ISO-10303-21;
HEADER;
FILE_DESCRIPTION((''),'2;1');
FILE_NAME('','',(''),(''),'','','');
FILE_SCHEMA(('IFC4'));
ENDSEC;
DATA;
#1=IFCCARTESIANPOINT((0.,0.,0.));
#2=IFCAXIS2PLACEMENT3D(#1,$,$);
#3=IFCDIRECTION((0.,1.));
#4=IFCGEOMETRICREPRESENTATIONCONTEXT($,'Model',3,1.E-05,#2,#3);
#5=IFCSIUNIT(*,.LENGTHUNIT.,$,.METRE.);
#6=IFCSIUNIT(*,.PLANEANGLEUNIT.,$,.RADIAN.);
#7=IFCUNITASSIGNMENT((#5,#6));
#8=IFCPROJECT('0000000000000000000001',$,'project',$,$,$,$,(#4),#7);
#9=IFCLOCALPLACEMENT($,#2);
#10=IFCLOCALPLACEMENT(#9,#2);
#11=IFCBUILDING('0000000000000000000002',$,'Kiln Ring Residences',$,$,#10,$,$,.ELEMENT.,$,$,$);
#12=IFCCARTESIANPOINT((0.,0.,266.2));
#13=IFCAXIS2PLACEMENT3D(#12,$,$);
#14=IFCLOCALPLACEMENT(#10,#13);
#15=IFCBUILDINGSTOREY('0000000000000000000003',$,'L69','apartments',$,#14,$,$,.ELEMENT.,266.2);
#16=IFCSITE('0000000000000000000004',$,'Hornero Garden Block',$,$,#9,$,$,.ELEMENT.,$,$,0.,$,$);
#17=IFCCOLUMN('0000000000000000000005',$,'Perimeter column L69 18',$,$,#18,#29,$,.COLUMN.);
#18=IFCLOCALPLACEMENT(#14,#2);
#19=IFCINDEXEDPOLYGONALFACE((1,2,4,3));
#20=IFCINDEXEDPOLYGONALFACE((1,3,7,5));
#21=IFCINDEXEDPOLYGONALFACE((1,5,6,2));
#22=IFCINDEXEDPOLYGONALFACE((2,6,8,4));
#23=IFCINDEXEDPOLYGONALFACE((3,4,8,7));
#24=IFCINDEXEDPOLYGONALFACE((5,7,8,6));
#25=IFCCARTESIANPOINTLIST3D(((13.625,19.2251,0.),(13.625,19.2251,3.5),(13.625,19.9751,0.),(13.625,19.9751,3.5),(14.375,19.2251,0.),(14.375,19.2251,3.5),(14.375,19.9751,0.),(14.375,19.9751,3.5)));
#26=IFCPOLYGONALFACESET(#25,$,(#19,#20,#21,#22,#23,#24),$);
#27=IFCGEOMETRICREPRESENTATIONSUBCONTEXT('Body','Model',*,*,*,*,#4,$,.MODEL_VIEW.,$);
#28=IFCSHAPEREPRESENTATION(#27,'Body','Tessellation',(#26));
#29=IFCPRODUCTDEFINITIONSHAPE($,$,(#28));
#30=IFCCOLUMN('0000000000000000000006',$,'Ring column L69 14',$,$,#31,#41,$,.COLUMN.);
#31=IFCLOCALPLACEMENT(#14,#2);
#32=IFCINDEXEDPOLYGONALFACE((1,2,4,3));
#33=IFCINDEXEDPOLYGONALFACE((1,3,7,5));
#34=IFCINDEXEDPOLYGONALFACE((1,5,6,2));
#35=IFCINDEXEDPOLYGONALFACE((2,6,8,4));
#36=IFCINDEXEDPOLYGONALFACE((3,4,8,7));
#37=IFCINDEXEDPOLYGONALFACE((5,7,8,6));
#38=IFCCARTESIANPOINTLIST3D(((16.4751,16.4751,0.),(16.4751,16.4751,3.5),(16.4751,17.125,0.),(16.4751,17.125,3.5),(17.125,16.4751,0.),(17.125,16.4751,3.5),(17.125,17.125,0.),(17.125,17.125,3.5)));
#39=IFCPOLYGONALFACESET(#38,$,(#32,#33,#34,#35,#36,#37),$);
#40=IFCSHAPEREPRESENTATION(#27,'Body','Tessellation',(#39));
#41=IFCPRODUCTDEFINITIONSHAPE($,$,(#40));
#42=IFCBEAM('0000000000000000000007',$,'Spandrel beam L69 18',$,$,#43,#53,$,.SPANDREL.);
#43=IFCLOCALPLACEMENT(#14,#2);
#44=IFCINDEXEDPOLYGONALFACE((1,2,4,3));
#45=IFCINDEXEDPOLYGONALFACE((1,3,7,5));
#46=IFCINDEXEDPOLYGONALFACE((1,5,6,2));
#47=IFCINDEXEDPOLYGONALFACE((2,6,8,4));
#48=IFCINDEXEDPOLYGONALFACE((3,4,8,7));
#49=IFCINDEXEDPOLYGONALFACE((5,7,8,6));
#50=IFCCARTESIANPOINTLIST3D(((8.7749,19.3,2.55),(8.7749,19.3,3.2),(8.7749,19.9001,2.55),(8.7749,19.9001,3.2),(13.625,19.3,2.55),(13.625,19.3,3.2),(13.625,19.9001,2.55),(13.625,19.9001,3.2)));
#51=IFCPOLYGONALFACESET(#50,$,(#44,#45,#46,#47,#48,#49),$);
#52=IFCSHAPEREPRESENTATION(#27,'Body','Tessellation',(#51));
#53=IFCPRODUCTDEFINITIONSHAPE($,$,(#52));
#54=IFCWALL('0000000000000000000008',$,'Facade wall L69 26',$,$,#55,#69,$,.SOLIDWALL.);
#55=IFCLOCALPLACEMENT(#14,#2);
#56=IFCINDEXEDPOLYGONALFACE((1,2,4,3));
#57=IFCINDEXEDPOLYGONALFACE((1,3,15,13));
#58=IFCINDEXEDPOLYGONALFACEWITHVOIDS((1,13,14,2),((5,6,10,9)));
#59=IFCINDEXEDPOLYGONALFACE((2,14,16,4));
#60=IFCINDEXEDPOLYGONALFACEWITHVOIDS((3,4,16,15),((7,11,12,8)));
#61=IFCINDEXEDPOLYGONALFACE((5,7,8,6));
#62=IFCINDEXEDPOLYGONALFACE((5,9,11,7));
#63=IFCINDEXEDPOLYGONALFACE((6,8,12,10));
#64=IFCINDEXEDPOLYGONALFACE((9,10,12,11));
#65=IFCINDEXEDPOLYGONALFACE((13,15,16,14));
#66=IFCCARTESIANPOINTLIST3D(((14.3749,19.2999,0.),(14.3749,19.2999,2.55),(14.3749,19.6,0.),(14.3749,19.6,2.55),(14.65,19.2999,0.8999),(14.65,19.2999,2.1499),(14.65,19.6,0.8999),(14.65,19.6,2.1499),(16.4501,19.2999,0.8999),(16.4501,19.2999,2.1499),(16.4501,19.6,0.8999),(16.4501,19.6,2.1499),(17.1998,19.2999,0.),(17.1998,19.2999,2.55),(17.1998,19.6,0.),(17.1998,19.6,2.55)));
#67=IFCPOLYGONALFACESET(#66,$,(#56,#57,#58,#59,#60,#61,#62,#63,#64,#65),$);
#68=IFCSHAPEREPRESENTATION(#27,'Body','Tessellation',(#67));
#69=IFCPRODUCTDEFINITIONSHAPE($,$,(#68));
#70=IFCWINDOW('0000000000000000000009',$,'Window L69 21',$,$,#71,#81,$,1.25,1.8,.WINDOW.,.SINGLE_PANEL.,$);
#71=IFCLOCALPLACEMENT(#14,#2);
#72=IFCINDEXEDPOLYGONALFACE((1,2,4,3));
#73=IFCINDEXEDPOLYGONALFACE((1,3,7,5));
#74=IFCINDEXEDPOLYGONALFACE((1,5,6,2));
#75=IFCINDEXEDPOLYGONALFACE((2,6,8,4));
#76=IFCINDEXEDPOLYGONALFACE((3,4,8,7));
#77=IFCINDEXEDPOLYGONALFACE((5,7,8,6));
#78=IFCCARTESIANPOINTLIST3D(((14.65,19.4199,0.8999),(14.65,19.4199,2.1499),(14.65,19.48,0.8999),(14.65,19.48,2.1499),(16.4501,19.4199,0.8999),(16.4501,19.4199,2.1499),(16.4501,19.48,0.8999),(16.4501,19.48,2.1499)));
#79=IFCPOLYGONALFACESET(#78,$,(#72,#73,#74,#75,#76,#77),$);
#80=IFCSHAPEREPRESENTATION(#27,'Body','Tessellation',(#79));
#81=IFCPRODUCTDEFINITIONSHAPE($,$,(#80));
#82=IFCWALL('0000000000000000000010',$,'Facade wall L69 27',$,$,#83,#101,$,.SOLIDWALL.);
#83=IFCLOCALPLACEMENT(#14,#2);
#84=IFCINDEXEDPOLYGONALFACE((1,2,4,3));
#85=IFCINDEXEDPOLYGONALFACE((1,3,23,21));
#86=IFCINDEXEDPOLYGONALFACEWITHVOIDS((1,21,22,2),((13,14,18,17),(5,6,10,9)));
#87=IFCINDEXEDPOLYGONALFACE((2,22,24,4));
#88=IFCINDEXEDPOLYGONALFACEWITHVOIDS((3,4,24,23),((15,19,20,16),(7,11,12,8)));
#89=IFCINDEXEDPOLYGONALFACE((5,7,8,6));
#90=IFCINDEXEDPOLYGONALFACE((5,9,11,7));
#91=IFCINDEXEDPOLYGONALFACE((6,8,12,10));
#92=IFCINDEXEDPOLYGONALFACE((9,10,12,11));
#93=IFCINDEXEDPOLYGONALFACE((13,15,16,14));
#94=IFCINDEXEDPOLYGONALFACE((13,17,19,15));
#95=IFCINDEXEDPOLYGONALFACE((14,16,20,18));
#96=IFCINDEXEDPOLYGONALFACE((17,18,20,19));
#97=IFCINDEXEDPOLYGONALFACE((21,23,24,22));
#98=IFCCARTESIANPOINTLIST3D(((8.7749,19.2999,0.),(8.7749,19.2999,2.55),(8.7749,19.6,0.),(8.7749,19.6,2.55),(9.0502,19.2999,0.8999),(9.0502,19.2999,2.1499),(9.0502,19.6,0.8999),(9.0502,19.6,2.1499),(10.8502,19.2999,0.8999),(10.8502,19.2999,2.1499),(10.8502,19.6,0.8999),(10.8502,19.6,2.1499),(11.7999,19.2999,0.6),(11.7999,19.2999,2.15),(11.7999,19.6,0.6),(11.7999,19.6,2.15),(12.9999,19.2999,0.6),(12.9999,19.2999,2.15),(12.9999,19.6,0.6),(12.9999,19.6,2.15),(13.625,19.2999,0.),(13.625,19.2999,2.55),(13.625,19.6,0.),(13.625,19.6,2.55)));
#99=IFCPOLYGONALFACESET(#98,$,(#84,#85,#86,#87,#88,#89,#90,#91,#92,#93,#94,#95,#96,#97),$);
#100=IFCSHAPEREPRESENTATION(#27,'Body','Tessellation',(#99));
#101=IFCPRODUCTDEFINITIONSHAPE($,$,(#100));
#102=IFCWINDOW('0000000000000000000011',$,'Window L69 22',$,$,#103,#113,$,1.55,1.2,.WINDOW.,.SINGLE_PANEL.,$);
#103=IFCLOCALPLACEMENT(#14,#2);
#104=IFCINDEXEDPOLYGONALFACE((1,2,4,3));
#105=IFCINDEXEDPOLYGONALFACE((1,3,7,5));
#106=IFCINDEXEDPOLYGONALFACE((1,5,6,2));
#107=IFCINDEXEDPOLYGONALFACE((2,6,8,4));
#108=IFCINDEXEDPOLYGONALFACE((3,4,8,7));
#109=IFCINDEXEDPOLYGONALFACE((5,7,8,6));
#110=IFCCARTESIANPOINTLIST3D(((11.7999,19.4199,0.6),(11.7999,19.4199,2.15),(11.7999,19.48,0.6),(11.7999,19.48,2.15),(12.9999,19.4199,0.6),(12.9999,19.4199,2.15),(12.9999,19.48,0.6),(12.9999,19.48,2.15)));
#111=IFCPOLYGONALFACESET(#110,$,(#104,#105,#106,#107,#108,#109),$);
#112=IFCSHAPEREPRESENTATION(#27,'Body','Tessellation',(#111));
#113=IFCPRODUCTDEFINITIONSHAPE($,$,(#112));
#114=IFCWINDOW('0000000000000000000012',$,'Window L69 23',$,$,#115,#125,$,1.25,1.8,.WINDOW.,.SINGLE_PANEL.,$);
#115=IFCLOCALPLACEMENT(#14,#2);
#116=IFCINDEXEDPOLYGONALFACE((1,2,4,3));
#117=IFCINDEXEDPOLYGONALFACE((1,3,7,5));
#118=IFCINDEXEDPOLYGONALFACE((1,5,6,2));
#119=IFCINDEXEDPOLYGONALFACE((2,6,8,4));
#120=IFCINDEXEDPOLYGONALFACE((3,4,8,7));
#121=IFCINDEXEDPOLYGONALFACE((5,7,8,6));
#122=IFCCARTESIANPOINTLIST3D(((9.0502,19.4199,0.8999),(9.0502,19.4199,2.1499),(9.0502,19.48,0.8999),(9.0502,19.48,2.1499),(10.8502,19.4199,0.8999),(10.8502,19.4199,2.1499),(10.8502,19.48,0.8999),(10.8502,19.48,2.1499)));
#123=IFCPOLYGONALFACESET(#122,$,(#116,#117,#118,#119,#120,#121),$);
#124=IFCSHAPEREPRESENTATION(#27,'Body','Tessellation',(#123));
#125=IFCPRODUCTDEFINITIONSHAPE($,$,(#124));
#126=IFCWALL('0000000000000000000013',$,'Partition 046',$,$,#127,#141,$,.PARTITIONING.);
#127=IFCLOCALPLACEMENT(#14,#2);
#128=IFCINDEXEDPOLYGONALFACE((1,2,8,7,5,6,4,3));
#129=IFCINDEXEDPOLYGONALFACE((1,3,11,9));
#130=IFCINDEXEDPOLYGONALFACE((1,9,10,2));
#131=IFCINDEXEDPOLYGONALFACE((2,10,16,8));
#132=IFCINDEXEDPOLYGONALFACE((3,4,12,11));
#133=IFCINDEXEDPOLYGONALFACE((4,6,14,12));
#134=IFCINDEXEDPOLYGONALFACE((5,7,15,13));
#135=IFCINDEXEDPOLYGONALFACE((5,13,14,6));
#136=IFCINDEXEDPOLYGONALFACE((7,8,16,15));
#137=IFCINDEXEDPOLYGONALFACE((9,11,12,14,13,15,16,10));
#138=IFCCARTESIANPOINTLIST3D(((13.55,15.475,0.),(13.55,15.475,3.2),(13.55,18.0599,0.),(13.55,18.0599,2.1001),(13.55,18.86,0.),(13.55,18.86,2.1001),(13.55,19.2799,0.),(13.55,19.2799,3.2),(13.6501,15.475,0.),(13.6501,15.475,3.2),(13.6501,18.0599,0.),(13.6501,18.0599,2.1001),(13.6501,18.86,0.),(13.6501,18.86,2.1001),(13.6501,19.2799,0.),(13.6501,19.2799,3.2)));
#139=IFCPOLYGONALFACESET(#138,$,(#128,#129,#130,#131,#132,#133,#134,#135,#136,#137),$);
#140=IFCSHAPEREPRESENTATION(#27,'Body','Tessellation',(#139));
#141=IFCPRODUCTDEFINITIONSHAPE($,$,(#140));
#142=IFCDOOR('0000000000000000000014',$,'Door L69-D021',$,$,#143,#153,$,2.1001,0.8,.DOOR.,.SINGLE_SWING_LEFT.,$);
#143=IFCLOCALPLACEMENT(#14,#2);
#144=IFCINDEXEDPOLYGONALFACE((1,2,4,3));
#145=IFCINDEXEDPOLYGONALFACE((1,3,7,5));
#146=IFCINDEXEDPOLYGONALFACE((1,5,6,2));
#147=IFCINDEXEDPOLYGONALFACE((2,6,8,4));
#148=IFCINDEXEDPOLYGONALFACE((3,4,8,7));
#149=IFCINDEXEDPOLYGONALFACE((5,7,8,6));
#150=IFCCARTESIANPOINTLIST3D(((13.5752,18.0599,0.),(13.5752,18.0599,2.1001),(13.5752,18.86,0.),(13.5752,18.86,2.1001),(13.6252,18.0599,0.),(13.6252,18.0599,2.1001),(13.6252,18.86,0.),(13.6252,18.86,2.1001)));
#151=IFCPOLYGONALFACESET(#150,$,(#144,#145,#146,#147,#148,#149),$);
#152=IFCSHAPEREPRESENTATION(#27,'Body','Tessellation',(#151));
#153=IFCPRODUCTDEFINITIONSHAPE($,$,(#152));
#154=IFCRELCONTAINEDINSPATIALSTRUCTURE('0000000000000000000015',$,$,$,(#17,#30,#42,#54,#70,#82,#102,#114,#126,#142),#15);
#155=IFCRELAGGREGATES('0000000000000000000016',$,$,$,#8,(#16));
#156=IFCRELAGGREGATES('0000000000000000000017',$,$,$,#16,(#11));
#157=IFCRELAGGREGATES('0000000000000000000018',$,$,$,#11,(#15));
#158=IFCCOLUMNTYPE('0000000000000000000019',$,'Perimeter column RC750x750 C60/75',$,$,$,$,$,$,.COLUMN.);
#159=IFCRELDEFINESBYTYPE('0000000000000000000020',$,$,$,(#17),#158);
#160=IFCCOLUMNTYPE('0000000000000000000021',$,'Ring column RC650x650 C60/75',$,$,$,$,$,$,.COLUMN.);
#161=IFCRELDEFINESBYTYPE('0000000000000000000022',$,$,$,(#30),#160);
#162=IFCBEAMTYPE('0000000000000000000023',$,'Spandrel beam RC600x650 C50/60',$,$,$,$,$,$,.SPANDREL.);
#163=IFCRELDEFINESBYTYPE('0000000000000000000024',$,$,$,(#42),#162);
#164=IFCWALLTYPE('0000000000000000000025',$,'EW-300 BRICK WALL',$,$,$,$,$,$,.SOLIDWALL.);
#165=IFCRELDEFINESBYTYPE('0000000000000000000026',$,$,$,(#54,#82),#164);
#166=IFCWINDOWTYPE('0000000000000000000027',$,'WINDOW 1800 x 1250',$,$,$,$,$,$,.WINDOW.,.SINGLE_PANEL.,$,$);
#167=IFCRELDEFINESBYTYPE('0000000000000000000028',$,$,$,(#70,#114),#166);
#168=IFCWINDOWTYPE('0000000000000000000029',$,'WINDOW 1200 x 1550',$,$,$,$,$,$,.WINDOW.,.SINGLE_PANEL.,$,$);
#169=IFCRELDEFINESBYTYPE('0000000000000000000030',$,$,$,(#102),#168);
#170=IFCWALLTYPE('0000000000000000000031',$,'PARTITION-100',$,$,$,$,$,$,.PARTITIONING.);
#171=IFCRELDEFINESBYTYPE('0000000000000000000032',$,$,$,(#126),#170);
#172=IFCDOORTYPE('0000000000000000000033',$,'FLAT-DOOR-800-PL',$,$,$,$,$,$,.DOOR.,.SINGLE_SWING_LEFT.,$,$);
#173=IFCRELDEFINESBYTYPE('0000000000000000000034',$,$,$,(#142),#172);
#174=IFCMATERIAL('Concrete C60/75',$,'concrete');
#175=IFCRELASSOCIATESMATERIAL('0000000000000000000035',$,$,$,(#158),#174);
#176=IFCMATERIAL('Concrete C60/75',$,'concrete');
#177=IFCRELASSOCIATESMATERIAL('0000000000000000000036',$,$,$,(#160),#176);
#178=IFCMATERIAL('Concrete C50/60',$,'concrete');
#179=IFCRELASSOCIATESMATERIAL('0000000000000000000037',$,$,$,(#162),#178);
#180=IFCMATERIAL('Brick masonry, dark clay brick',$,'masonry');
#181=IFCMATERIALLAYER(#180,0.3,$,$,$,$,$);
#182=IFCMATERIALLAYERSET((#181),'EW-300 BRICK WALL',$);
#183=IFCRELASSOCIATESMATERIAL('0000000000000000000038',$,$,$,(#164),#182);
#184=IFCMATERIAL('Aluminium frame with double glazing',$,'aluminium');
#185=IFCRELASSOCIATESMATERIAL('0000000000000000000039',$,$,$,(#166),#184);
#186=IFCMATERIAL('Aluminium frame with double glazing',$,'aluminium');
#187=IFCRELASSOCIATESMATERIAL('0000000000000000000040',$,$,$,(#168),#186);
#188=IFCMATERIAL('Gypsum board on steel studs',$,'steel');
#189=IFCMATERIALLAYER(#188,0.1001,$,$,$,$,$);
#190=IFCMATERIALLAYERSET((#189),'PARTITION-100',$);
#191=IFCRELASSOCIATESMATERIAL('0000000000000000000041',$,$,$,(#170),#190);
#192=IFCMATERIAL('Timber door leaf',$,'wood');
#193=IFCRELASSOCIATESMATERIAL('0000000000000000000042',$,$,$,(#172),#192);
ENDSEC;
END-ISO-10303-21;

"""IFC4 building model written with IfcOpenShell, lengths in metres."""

from ifc_helpers import new_model, si_unit, direction, frame, frame_2d, origin, origin_2d, place, context, subcontext, project, spatial, rectangle, extrude, material, layer, layer_set, material_profile, profile_set, type_object, element, fill, save


model = new_model("IFC4")

# Units and contexts
model_context = context("Model", 3, precision=1e-05, world=origin(), true_north=direction((0.0, 1.0)))
body_context = subcontext(model_context, "Body", "Model", "MODEL_VIEW")
ifc_project = project(units=[si_unit("LENGTHUNIT", "METRE"), si_unit("PLANEANGLEUNIT", "RADIAN")], contexts=[model_context])

# Site, building, storey
site_placement = place(None, origin())
site = spatial("IfcSite", under=ifc_project, at=site_placement, Name="Hornero Garden Block", CompositionType="ELEMENT", RefElevation=0.0)
building_placement = place(site_placement, origin())
building = spatial("IfcBuilding", under=site, at=building_placement, Name="Kiln Ring Residences", CompositionType="ELEMENT")
storey_placement = place(building_placement, frame((0.0, 0.0, 266.2)))
storey = spatial("IfcBuildingStorey", under=building, at=storey_placement, Name="L69", Description="apartments", CompositionType="ELEMENT", Elevation=266.2)

# Columns
ifc_material_1 = material(Name="Concrete C60/75", Category="concrete")
ifc_material_profile_1 = material_profile(ifc_material_1, rectangle(XDim=0.75, YDim=0.75, at=origin_2d()), Name="RC750x750")
ifc_profile_set_1 = profile_set([ifc_material_profile_1], Name="Concrete C60/75")
column_type_1 = type_object("IfcColumnType", Name="Perimeter column RC750x750 C60/75", PredefinedType="COLUMN", material=ifc_profile_set_1)
column_1_placement = place(storey_placement, frame((14.0, 19.6001, 0.0), z_axis=(0.0, 0.0, 1.0), x_axis=(1.0, 0.0, 0.0)))
element("IfcColumn", 1, at=column_1_placement, inside=storey, type_object=column_type_1, Name="Perimeter column L69 18", PredefinedType="COLUMN", context=body_context, shape_type="SweptSolid", body=[
    extrude(rectangle(XDim=0.75, YDim=0.75, at=origin_2d()), origin(), (0.0, 0.0, 1.0), 3.5),
])
ifc_material_2 = material(Name="Concrete C60/75", Category="concrete")
ifc_material_profile_2 = material_profile(ifc_material_2, rectangle(XDim=0.6499, YDim=0.6499, at=origin_2d()), Name="RC650x650")
ifc_profile_set_2 = profile_set([ifc_material_profile_2], Name="Concrete C60/75")
column_type_2 = type_object("IfcColumnType", Name="Ring column RC650x650 C60/75", PredefinedType="COLUMN", material=ifc_profile_set_2)
column_2_placement = place(storey_placement, frame((16.8, 16.8, 0.0), z_axis=(0.0, 0.0, 1.0), x_axis=(1.0, 0.0, 0.0)))
element("IfcColumn", 2, at=column_2_placement, inside=storey, type_object=column_type_2, Name="Ring column L69 14", PredefinedType="COLUMN", context=body_context, shape_type="SweptSolid", body=[
    extrude(rectangle(XDim=0.6499, YDim=0.6499, at=origin_2d()), origin(), (0.0, 0.0, 1.0), 3.5),
])

# Beam
ifc_material_3 = material(Name="Concrete C50/60", Category="concrete")
ifc_material_profile_3 = material_profile(ifc_material_3, rectangle(XDim=0.6001, YDim=0.6499, at=origin_2d()), Name="RC600x650")
ifc_profile_set_3 = profile_set([ifc_material_profile_3], Name="Concrete C50/60")
beam_type = type_object("IfcBeamType", Name="Spandrel beam RC600x650 C50/60", PredefinedType="SPANDREL", material=ifc_profile_set_3)
beam_placement = place(storey_placement, frame((13.625, 19.6001, 2.875), z_axis=(-1.0, 0.0, 0.0), x_axis=(0.0, -1.0, 0.0)))
element("IfcBeam", 3, at=beam_placement, inside=storey, type_object=beam_type, Name="Spandrel beam L69 18", PredefinedType="SPANDREL", context=body_context, shape_type="SweptSolid", body=[
    extrude(rectangle(XDim=0.6001, YDim=0.6499, at=origin_2d()), origin(), (0.0, 0.0, 1.0), 4.8501),
])

# Wall, opening, window
ifc_material_4 = material(Name="Brick masonry, dark clay brick", Category="masonry")
ifc_layer_1 = layer(ifc_material_4, 0.3)
ifc_layer_set_1 = layer_set([ifc_layer_1], Name="EW-300 BRICK WALL")
wall_type_1 = type_object("IfcWallType", Name="EW-300 BRICK WALL", PredefinedType="SOLIDWALL", material=ifc_layer_set_1)
wall_1_placement = place(storey_placement, frame((17.2, 19.45, 0.0), z_axis=(0.0, 0.0, 1.0), x_axis=(-1.0, 0.0, 0.0)))
wall_1 = element("IfcWall", 4, at=wall_1_placement, inside=storey, type_object=wall_type_1, Name="Facade wall L69 26", PredefinedType="SOLIDWALL", context=body_context, shape_type="SweptSolid", body=[
    extrude(rectangle(XDim=2.825, YDim=0.3, at=frame_2d((1.4126, 0.0))), origin(), (0.0, 0.0, 1.0), 2.55),
])
opening_1_placement = place(wall_1_placement, frame((0.75, 0.0, 0.8999)))
opening_1 = element("IfcOpeningElement", 5, at=opening_1_placement, cuts=wall_1, PredefinedType="OPENING", context=body_context, shape_type="SweptSolid", body=[
    extrude(rectangle(XDim=1.8, YDim=1.25, at=frame_2d((0.8999, 0.625))), frame((0.0, 0.1599, 0.0), z_axis=(0.0, -1.0, 0.0), x_axis=(1.0, 0.0, 0.0)), (0.0, 0.0, 1.0), 0.3201),
])
ifc_material_5 = material(Name="Aluminium frame with double glazing", Category="aluminium")
window_type_1 = type_object("IfcWindowType", Name="WINDOW 1800 x 1250", PartitioningType="SINGLE_PANEL", PredefinedType="WINDOW", material=ifc_material_5)
window_1_placement = place(opening_1_placement, origin())
window_1 = element("IfcWindow", 6, at=window_1_placement, inside=storey, type_object=window_type_1, Name="Window L69 21", OverallHeight=1.25, OverallWidth=1.8, PartitioningType="SINGLE_PANEL", PredefinedType="WINDOW", context=body_context, shape_type="SweptSolid", body=[
    extrude(rectangle(XDim=1.8, YDim=1.25, at=frame_2d((0.8999, 0.625))), frame((0.0, 0.03, 0.0), z_axis=(0.0, -1.0, 0.0), x_axis=(1.0, 0.0, 0.0)), (0.0, 0.0, 1.0), 0.0601),
])
fill(opening_1, window_1)

# Wall, openings, windows
wall_2_placement = place(storey_placement, frame((13.625, 19.45, 0.0), z_axis=(0.0, 0.0, 1.0), x_axis=(-1.0, 0.0, 0.0)))
wall_2 = element("IfcWall", 7, at=wall_2_placement, inside=storey, type_object=wall_type_1, Name="Facade wall L69 27", PredefinedType="SOLIDWALL", context=body_context, shape_type="SweptSolid", body=[
    extrude(rectangle(XDim=4.8501, YDim=0.3, at=frame_2d((2.425, 0.0))), origin(), (0.0, 0.0, 1.0), 2.55),
])
opening_2_placement = place(wall_2_placement, frame((0.625, 0.0, 0.6001)))
opening_2 = element("IfcOpeningElement", 8, at=opening_2_placement, cuts=wall_2, PredefinedType="OPENING", context=body_context, shape_type="SweptSolid", body=[
    extrude(rectangle(XDim=1.2, YDim=1.55, at=frame_2d((0.6001, 0.7749))), frame((0.0, 0.1599, 0.0), z_axis=(0.0, -1.0, 0.0), x_axis=(1.0, 0.0, 0.0)), (0.0, 0.0, 1.0), 0.3201),
])
opening_3_placement = place(wall_2_placement, frame((2.7749, 0.0, 0.8999)))
opening_3 = element("IfcOpeningElement", 9, at=opening_3_placement, cuts=wall_2, PredefinedType="OPENING", context=body_context, shape_type="SweptSolid", body=[
    extrude(rectangle(XDim=1.8, YDim=1.25, at=frame_2d((0.8999, 0.625))), frame((0.0, 0.1599, 0.0), z_axis=(0.0, -1.0, 0.0), x_axis=(1.0, 0.0, 0.0)), (0.0, 0.0, 1.0), 0.3201),
])
ifc_material_6 = material(Name="Aluminium frame with double glazing", Category="aluminium")
window_type_2 = type_object("IfcWindowType", Name="WINDOW 1200 x 1550", PartitioningType="SINGLE_PANEL", PredefinedType="WINDOW", material=ifc_material_6)
window_2_placement = place(opening_2_placement, origin())
window_2 = element("IfcWindow", 10, at=window_2_placement, inside=storey, type_object=window_type_2, Name="Window L69 22", OverallHeight=1.55, OverallWidth=1.2, PartitioningType="SINGLE_PANEL", PredefinedType="WINDOW", context=body_context, shape_type="SweptSolid", body=[
    extrude(rectangle(XDim=1.2, YDim=1.55, at=frame_2d((0.6001, 0.7749))), frame((0.0, 0.03, 0.0), z_axis=(0.0, -1.0, 0.0), x_axis=(1.0, 0.0, 0.0)), (0.0, 0.0, 1.0), 0.0601),
])
fill(opening_2, window_2)
window_3_placement = place(opening_3_placement, origin())
window_3 = element("IfcWindow", 11, at=window_3_placement, inside=storey, type_object=window_type_1, Name="Window L69 23", OverallHeight=1.25, OverallWidth=1.8, PartitioningType="SINGLE_PANEL", PredefinedType="WINDOW", context=body_context, shape_type="SweptSolid", body=[
    extrude(rectangle(XDim=1.8, YDim=1.25, at=frame_2d((0.8999, 0.625))), frame((0.0, 0.03, 0.0), z_axis=(0.0, -1.0, 0.0), x_axis=(1.0, 0.0, 0.0)), (0.0, 0.0, 1.0), 0.0601),
])
fill(opening_3, window_3)

# Wall, opening, door
ifc_material_7 = material(Name="Gypsum board on steel studs", Category="steel")
ifc_layer_2 = layer(ifc_material_7, 0.1001)
ifc_layer_set_2 = layer_set([ifc_layer_2], Name="PARTITION-100")
wall_type_2 = type_object("IfcWallType", Name="PARTITION-100", PredefinedType="PARTITIONING", material=ifc_layer_set_2)
wall_3_placement = place(storey_placement, frame((13.6001, 15.4751, 0.0), z_axis=(0.0, 0.0, 1.0), x_axis=(0.0, 1.0, 0.0)))
wall_3 = element("IfcWall", 12, at=wall_3_placement, inside=storey, type_object=wall_type_2, Name="Partition 046", PredefinedType="PARTITIONING", context=body_context, shape_type="SweptSolid", body=[
    extrude(rectangle(XDim=3.8049, YDim=0.1001, at=frame_2d((1.9023, 0.0))), origin(), (0.0, 0.0, 1.0), 3.2),
])
opening_4_placement = place(wall_3_placement, frame((2.585, 0.0, 0.0)))
opening_4 = element("IfcOpeningElement", 13, at=opening_4_placement, cuts=wall_3, PredefinedType="OPENING", context=body_context, shape_type="SweptSolid", body=[
    extrude(rectangle(XDim=0.8, YDim=2.1001, at=frame_2d((0.3999, 1.05))), frame((0.0, 0.0601, 0.0), z_axis=(0.0, -1.0, 0.0), x_axis=(1.0, 0.0, 0.0)), (0.0, 0.0, 1.0), 0.1201),
])
ifc_material_8 = material(Name="Timber door leaf", Category="wood")
door_type_1 = type_object("IfcDoorType", Name="FLAT-DOOR-800-PL", OperationType="SINGLE_SWING_LEFT", PredefinedType="DOOR", material=ifc_material_8)
door_1_placement = place(opening_4_placement, origin())
door_1 = element("IfcDoor", 14, at=door_1_placement, inside=storey, type_object=door_type_1, Name="Door L69-D021", OperationType="SINGLE_SWING_LEFT", OverallHeight=2.1001, OverallWidth=0.8, PredefinedType="DOOR", context=body_context, shape_type="SweptSolid", body=[
    extrude(rectangle(XDim=0.8, YDim=2.1001, at=frame_2d((0.3999, 1.05))), frame((0.0, 0.0249, 0.0), z_axis=(0.0, -1.0, 0.0), x_axis=(1.0, 0.0, 0.0)), (0.0, 0.0, 1.0), 0.05),
])
fill(opening_4, door_1)

save(model, "model.ifc")
